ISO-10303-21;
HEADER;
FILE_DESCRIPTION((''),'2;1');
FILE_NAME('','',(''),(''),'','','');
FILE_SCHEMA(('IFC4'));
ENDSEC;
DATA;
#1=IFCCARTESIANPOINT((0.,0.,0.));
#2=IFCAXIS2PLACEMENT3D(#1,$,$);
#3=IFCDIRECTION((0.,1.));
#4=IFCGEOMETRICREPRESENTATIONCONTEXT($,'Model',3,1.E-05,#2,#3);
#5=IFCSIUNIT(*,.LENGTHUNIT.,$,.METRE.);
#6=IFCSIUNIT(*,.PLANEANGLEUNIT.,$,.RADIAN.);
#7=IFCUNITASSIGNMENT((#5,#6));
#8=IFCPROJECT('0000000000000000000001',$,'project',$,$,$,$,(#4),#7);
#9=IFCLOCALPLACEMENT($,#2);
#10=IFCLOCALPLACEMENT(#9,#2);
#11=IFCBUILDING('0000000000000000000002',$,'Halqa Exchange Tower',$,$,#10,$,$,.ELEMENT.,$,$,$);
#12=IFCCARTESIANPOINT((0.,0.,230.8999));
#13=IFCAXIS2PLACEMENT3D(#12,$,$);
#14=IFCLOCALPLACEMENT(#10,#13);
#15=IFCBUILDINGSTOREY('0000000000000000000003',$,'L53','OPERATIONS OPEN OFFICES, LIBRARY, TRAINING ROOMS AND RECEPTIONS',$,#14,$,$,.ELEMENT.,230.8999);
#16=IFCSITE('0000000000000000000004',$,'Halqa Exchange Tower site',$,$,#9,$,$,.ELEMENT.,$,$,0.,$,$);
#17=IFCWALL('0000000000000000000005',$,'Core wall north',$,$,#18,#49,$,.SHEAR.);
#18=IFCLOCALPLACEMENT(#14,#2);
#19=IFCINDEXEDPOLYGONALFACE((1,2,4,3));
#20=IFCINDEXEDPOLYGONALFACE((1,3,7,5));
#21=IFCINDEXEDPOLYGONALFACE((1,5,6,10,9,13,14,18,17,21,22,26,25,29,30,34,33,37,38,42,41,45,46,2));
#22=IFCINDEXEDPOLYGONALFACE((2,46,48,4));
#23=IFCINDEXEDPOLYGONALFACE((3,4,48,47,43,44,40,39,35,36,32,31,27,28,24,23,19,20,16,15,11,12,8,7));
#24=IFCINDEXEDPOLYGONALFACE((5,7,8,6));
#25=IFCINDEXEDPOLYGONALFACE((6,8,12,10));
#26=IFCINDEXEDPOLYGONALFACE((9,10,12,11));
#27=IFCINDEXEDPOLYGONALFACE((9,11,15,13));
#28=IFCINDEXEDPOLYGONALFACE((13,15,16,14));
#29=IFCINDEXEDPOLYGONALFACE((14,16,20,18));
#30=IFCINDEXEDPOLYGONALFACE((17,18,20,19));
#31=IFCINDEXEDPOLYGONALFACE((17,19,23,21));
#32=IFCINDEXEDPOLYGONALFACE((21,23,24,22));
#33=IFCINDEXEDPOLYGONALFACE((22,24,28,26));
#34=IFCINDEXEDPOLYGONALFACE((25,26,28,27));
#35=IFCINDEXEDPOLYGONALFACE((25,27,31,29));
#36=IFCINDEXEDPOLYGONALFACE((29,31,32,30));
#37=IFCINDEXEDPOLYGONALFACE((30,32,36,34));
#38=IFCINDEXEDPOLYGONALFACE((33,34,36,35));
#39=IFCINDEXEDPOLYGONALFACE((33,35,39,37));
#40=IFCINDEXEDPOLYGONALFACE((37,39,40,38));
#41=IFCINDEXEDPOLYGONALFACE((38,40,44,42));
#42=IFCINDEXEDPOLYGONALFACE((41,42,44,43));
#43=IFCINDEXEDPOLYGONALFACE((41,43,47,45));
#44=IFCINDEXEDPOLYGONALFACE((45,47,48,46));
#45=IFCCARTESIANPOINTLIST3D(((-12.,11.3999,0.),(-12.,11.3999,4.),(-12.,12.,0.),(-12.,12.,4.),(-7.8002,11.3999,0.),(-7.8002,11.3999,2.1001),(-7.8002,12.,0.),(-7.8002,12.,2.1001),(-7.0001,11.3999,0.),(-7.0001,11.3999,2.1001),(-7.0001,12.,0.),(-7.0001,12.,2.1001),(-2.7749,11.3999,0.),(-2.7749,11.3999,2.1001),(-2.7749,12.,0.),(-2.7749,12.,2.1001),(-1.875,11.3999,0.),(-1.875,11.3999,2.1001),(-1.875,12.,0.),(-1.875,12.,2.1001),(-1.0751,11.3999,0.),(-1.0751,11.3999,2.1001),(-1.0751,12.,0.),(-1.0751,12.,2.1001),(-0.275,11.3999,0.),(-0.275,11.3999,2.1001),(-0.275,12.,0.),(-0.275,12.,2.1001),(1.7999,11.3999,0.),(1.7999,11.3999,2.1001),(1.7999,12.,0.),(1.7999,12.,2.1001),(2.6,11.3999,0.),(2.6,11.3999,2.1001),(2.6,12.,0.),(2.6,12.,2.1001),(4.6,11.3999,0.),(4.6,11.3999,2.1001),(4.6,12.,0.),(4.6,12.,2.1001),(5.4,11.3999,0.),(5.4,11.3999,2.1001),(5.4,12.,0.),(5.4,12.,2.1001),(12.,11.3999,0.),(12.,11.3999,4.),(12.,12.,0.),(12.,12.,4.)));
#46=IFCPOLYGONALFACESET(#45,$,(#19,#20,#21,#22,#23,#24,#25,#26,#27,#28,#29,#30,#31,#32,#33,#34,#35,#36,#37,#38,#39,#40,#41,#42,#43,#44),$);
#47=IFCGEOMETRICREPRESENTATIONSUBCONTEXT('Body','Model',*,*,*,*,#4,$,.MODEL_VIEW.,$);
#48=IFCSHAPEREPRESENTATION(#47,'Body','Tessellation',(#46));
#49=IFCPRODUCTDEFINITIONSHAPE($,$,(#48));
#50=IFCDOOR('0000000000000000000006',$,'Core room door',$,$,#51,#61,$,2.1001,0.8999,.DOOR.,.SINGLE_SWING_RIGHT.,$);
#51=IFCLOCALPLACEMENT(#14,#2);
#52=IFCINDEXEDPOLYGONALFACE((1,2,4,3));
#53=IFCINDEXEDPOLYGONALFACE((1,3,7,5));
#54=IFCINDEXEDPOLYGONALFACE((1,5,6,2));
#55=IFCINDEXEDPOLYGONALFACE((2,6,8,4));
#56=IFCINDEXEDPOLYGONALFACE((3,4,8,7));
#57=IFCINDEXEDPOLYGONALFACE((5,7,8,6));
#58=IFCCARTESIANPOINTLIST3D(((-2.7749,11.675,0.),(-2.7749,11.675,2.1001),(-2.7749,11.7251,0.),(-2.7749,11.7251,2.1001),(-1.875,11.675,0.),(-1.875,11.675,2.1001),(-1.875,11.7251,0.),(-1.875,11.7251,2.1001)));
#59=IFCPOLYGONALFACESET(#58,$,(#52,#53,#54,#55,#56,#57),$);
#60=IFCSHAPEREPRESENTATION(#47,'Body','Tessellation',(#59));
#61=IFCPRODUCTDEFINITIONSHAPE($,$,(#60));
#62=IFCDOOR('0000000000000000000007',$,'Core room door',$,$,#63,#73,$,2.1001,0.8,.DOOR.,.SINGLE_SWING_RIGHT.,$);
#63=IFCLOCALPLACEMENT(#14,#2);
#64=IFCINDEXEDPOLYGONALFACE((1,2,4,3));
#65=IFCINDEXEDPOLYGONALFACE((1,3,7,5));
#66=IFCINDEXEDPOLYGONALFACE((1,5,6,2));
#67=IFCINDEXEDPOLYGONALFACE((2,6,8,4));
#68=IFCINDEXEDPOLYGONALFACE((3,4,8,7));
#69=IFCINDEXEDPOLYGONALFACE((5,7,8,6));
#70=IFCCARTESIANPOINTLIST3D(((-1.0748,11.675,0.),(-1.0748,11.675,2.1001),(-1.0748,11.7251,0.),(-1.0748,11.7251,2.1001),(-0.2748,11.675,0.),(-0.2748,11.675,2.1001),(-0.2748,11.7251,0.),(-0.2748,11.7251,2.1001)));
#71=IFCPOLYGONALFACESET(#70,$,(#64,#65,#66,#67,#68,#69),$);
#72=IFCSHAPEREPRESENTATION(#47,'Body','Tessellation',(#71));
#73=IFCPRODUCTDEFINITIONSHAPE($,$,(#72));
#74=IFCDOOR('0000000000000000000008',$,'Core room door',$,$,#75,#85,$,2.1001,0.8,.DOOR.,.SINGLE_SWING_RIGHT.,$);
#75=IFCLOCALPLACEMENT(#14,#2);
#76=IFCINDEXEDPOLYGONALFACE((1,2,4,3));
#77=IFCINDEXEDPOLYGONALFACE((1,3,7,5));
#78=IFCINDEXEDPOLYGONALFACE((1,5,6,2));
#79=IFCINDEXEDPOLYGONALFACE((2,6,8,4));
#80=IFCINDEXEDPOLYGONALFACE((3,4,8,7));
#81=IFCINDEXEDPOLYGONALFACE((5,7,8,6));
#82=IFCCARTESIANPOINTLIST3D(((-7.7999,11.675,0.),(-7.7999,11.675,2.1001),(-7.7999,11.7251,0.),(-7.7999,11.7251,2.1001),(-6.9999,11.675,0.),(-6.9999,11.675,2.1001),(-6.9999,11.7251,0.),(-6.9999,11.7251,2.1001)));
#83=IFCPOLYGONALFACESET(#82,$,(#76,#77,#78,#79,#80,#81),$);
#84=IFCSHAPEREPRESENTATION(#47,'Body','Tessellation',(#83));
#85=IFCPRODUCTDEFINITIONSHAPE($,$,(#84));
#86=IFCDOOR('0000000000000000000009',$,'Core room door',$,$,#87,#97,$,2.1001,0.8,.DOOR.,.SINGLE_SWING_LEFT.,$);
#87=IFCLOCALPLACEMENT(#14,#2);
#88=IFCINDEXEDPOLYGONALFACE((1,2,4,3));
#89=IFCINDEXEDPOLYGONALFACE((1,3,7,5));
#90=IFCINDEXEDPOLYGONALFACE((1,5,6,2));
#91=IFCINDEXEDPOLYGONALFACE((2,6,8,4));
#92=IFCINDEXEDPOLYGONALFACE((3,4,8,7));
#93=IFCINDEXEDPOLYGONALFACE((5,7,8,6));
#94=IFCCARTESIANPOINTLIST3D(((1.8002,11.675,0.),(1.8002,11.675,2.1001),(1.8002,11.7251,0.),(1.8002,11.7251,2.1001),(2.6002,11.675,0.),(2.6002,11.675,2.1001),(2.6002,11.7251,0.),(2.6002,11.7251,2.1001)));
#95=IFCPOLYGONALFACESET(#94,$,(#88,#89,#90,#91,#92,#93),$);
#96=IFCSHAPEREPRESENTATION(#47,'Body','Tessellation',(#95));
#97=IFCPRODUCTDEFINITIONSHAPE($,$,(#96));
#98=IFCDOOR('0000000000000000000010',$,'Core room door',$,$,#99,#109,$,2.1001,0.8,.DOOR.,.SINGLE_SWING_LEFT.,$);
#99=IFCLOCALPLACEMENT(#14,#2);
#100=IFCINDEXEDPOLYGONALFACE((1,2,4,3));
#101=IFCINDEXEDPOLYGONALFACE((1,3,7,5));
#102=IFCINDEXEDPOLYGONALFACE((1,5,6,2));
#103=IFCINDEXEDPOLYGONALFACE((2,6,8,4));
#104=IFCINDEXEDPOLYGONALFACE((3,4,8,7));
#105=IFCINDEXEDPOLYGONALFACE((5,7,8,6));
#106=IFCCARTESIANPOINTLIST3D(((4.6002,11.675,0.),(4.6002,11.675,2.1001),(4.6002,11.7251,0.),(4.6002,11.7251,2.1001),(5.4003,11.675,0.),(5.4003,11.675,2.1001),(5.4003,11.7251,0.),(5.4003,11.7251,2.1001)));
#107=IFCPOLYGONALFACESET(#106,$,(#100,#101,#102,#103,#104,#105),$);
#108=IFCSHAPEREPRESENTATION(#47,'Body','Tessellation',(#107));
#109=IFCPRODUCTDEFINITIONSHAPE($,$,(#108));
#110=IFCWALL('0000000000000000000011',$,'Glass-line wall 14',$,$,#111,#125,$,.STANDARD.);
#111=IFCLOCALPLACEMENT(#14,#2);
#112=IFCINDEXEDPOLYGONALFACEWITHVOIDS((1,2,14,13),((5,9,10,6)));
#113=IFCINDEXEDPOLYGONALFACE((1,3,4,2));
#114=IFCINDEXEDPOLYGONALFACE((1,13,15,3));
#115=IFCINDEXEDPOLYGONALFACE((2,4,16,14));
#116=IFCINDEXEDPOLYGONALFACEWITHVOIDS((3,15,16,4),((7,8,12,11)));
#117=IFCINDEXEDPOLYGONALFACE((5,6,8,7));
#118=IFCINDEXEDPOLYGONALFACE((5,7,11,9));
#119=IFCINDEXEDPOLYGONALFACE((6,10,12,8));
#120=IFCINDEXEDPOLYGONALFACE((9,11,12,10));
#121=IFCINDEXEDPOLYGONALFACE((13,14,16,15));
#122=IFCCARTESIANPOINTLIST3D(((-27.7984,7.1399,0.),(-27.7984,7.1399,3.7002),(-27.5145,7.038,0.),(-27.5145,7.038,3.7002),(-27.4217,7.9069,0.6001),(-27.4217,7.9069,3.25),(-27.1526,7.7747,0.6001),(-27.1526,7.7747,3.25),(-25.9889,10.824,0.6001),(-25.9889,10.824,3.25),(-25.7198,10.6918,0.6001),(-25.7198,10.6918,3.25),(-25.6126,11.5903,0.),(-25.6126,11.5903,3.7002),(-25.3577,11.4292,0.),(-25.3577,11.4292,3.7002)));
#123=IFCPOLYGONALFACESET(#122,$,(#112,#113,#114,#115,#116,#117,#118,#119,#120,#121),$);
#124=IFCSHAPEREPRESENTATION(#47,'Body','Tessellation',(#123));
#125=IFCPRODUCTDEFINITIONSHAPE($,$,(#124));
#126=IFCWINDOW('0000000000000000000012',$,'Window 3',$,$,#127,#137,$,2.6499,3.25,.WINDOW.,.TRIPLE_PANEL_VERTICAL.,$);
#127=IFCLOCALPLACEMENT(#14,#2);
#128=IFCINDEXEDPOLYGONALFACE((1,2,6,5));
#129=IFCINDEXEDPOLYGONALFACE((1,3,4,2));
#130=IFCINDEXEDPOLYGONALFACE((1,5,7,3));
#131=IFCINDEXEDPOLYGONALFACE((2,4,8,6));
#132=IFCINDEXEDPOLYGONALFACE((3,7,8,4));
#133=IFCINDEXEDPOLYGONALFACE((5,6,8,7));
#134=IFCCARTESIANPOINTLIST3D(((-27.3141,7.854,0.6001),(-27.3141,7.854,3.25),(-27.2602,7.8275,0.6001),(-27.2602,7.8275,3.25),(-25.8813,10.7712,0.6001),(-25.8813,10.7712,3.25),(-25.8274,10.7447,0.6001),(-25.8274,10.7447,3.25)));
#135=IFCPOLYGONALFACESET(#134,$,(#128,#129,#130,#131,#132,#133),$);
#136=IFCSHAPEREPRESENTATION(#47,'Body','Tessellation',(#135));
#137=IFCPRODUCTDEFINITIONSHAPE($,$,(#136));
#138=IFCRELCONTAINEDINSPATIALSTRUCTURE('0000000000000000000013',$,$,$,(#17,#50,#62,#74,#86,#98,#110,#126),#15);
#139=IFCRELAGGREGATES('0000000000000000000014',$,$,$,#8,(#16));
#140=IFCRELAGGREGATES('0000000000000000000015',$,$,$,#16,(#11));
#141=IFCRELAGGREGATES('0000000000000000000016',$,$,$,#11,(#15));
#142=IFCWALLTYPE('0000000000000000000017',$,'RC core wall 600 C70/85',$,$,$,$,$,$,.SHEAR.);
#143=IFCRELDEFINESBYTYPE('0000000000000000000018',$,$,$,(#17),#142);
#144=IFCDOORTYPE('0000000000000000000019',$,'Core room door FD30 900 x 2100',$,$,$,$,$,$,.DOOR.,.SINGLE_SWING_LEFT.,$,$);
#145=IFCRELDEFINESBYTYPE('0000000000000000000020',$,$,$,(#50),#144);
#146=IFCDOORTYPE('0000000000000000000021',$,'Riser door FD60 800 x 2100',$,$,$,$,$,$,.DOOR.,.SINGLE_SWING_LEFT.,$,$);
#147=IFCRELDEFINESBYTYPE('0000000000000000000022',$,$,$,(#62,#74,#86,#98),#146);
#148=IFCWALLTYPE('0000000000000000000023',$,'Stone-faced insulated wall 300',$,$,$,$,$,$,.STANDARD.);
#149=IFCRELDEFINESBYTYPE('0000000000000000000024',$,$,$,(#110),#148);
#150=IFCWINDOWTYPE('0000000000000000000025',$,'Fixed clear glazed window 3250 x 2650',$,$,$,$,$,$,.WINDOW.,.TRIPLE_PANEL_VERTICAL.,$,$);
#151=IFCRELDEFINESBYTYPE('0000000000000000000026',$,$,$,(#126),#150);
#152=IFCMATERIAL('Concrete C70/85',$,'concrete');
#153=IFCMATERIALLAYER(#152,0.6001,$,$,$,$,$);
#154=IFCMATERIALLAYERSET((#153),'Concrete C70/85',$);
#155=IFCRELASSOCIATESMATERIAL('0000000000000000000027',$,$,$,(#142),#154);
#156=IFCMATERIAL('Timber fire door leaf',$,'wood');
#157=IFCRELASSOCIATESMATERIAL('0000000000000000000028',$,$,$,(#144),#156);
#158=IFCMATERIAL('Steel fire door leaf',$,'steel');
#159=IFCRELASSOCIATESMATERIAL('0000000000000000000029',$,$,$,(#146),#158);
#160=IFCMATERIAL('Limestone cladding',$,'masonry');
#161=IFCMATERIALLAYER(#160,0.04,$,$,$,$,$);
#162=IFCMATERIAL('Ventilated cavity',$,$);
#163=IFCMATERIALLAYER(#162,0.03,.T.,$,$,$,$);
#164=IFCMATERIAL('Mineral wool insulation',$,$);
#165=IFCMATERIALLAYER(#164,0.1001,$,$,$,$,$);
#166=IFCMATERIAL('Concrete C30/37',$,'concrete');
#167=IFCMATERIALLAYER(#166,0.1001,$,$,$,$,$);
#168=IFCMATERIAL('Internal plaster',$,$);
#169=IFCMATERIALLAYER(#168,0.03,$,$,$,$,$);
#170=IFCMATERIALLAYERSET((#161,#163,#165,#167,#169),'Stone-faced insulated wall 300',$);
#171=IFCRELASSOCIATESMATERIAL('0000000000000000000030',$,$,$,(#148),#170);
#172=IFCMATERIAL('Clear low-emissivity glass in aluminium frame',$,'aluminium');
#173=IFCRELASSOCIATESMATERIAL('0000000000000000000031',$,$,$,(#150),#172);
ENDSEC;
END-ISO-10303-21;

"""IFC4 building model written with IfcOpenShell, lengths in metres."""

from ifc_helpers import new_model, si_unit, direction, frame, frame_2d, origin, place, context, subcontext, project, spatial, polyline, rectangle, outline, extrude, material, layer, layer_set, type_object, element, fill, save


model = new_model("IFC4")

# Units and contexts
model_context = context("Model", 3, precision=1e-05, world=origin(), true_north=direction((0.0, 1.0)))
body_context = subcontext(model_context, "Body", "Model", "MODEL_VIEW")
ifc_project = project(units=[si_unit("LENGTHUNIT", "METRE"), si_unit("PLANEANGLEUNIT", "RADIAN")], contexts=[model_context])

# Site, building, storey
site_placement = place(None, origin())
site = spatial("IfcSite", under=ifc_project, at=site_placement, Name="Halqa Exchange Tower site", CompositionType="ELEMENT", RefElevation=0.0)
building_placement = place(site_placement, origin())
building = spatial("IfcBuilding", under=site, at=building_placement, Name="Halqa Exchange Tower", CompositionType="ELEMENT")
storey_placement = place(building_placement, frame((0.0, 0.0, 230.8999)))
storey = spatial("IfcBuildingStorey", under=building, at=storey_placement, Name="L53", Description="OPERATIONS OPEN OFFICES, LIBRARY, TRAINING ROOMS AND RECEPTIONS", CompositionType="ELEMENT", Elevation=230.8999)

# Wall, openings, doors
ifc_material_1 = material(Name="Concrete C70/85", Category="concrete")
ifc_layer_1 = layer(ifc_material_1, 0.6001)
ifc_layer_set_1 = layer_set([ifc_layer_1], Name="Concrete C70/85")
wall_type_1 = type_object("IfcWallType", Name="RC core wall 600 C70/85", PredefinedType="SHEAR", material=ifc_layer_set_1)
wall_1_placement = place(storey_placement, frame((-12.0, 11.7, 0.0), z_axis=(0.0, 0.0, 1.0), x_axis=(1.0, 0.0, 0.0)))
wall_1 = element("IfcWall", 1, at=wall_1_placement, inside=storey, type_object=wall_type_1, Name="Core wall north", PredefinedType="SHEAR", context=body_context, shape_type="SweptSolid", body=[
    extrude(rectangle(XDim=24.0, YDim=0.6001, at=frame_2d((12.0, 0.0))), origin(), (0.0, 0.0, 1.0), 4.0),
])
opening_1_placement = place(wall_1_placement, frame((9.2251, 0.0, 0.0)))
opening_1 = element("IfcOpeningElement", 2, at=opening_1_placement, cuts=wall_1, PredefinedType="OPENING", context=body_context, shape_type="SweptSolid", body=[
    extrude(rectangle(XDim=0.8999, YDim=2.1001, at=frame_2d((0.45, 1.05))), frame((0.0, 0.312, 0.0), z_axis=(0.0, -1.0, 0.0), x_axis=(1.0, 0.0, 0.0)), (0.0, 0.0, 1.0), 0.624),
])
opening_2_placement = place(wall_1_placement, frame((10.925, 0.0, 0.0)))
opening_2 = element("IfcOpeningElement", 3, at=opening_2_placement, cuts=wall_1, PredefinedType="OPENING", context=body_context, shape_type="SweptSolid", body=[
    extrude(rectangle(XDim=0.8, YDim=2.1001, at=frame_2d((0.3999, 1.05))), frame((0.0, 0.312, 0.0), z_axis=(0.0, -1.0, 0.0), x_axis=(1.0, 0.0, 0.0)), (0.0, 0.0, 1.0), 0.624),
])
opening_3_placement = place(wall_1_placement, frame((4.2, 0.0, 0.0)))
opening_3 = element("IfcOpeningElement", 4, at=opening_3_placement, cuts=wall_1, PredefinedType="OPENING", context=body_context, shape_type="SweptSolid", body=[
    extrude(rectangle(XDim=0.8, YDim=2.1001, at=frame_2d((0.3999, 1.05))), frame((0.0, 0.312, 0.0), z_axis=(0.0, -1.0, 0.0), x_axis=(1.0, 0.0, 0.0)), (0.0, 0.0, 1.0), 0.624),
])
opening_4_placement = place(wall_1_placement, frame((13.8, 0.0, 0.0)))
opening_4 = element("IfcOpeningElement", 5, at=opening_4_placement, cuts=wall_1, PredefinedType="OPENING", context=body_context, shape_type="SweptSolid", body=[
    extrude(rectangle(XDim=0.8, YDim=2.1001, at=frame_2d((0.3999, 1.05))), frame((0.0, 0.312, 0.0), z_axis=(0.0, -1.0, 0.0), x_axis=(1.0, 0.0, 0.0)), (0.0, 0.0, 1.0), 0.624),
])
opening_5_placement = place(wall_1_placement, frame((16.6001, 0.0, 0.0)))
opening_5 = element("IfcOpeningElement", 6, at=opening_5_placement, cuts=wall_1, PredefinedType="OPENING", context=body_context, shape_type="SweptSolid", body=[
    extrude(rectangle(XDim=0.8, YDim=2.1001, at=frame_2d((0.3999, 1.05))), frame((0.0, 0.312, 0.0), z_axis=(0.0, -1.0, 0.0), x_axis=(1.0, 0.0, 0.0)), (0.0, 0.0, 1.0), 0.624),
])
ifc_material_2 = material(Name="Timber fire door leaf", Category="wood")
door_type_1 = type_object("IfcDoorType", Name="Core room door FD30 900 x 2100", OperationType="SINGLE_SWING_LEFT", PredefinedType="DOOR", material=ifc_material_2)
door_1_placement = place(opening_1_placement, frame((0.8999, 0.0, 0.0), z_axis=(0.0, 0.0, 1.0), x_axis=(-1.0, 0.0, 0.0)))
door_1 = element("IfcDoor", 7, at=door_1_placement, inside=storey, type_object=door_type_1, Name="Core room door", OperationType="SINGLE_SWING_RIGHT", OverallHeight=2.1001, OverallWidth=0.8999, PredefinedType="DOOR", context=body_context, shape_type="SweptSolid", body=[
    extrude(rectangle(XDim=0.8999, YDim=2.1001, at=frame_2d((0.45, 1.05))), frame((0.0, 0.0249, 0.0), z_axis=(0.0, -1.0, 0.0), x_axis=(1.0, 0.0, 0.0)), (0.0, 0.0, 1.0), 0.05),
])
fill(opening_1, door_1)
ifc_material_3 = material(Name="Steel fire door leaf", Category="steel")
door_type_2 = type_object("IfcDoorType", Name="Riser door FD60 800 x 2100", OperationType="SINGLE_SWING_LEFT", PredefinedType="DOOR", material=ifc_material_3)
door_2_placement = place(opening_2_placement, frame((0.8, 0.0, 0.0), z_axis=(0.0, 0.0, 1.0), x_axis=(-1.0, 0.0, 0.0)))
door_2 = element("IfcDoor", 8, at=door_2_placement, inside=storey, type_object=door_type_2, Name="Core room door", OperationType="SINGLE_SWING_RIGHT", OverallHeight=2.1001, OverallWidth=0.8, PredefinedType="DOOR", context=body_context, shape_type="SweptSolid", body=[
    extrude(rectangle(XDim=0.8, YDim=2.1001, at=frame_2d((0.3999, 1.05))), frame((0.0, 0.0249, 0.0), z_axis=(0.0, -1.0, 0.0), x_axis=(1.0, 0.0, 0.0)), (0.0, 0.0, 1.0), 0.05),
])
fill(opening_2, door_2)
door_3_placement = place(opening_3_placement, frame((0.8, 0.0, 0.0), z_axis=(0.0, 0.0, 1.0), x_axis=(-1.0, 0.0, 0.0)))
door_3 = element("IfcDoor", 9, at=door_3_placement, inside=storey, type_object=door_type_2, Name="Core room door", OperationType="SINGLE_SWING_RIGHT", OverallHeight=2.1001, OverallWidth=0.8, PredefinedType="DOOR", context=body_context, shape_type="SweptSolid", body=[
    extrude(rectangle(XDim=0.8, YDim=2.1001, at=frame_2d((0.3999, 1.05))), frame((0.0, 0.0249, 0.0), z_axis=(0.0, -1.0, 0.0), x_axis=(1.0, 0.0, 0.0)), (0.0, 0.0, 1.0), 0.05),
])
fill(opening_3, door_3)
door_4_placement = place(opening_4_placement, frame((0.8, 0.0, 0.0), z_axis=(0.0, 0.0, 1.0), x_axis=(-1.0, 0.0, 0.0)))
door_4 = element("IfcDoor", 10, at=door_4_placement, inside=storey, type_object=door_type_2, Name="Core room door", OperationType="SINGLE_SWING_LEFT", OverallHeight=2.1001, OverallWidth=0.8, PredefinedType="DOOR", context=body_context, shape_type="SweptSolid", body=[
    extrude(rectangle(XDim=0.8, YDim=2.1001, at=frame_2d((0.3999, 1.05))), frame((0.0, 0.0249, 0.0), z_axis=(0.0, -1.0, 0.0), x_axis=(1.0, 0.0, 0.0)), (0.0, 0.0, 1.0), 0.05),
])
fill(opening_4, door_4)
door_5_placement = place(opening_5_placement, frame((0.8, 0.0, 0.0), z_axis=(0.0, 0.0, 1.0), x_axis=(-1.0, 0.0, 0.0)))
door_5 = element("IfcDoor", 11, at=door_5_placement, inside=storey, type_object=door_type_2, Name="Core room door", OperationType="SINGLE_SWING_LEFT", OverallHeight=2.1001, OverallWidth=0.8, PredefinedType="DOOR", context=body_context, shape_type="SweptSolid", body=[
    extrude(rectangle(XDim=0.8, YDim=2.1001, at=frame_2d((0.3999, 1.05))), frame((0.0, 0.0249, 0.0), z_axis=(0.0, -1.0, 0.0), x_axis=(1.0, 0.0, 0.0)), (0.0, 0.0, 1.0), 0.05),
])
fill(opening_5, door_5)

# Wall, opening, window
ifc_material_4 = material(Name="Limestone cladding", Category="masonry")
ifc_layer_2 = layer(ifc_material_4, 0.04)
ifc_material_5 = material(Name="Ventilated cavity")
ifc_layer_3 = layer(ifc_material_5, 0.03, ventilated=True)
ifc_material_6 = material(Name="Mineral wool insulation")
ifc_layer_4 = layer(ifc_material_6, 0.1001)
ifc_material_7 = material(Name="Concrete C30/37", Category="concrete")
ifc_layer_5 = layer(ifc_material_7, 0.1001)
ifc_material_8 = material(Name="Internal plaster")
ifc_layer_6 = layer(ifc_material_8, 0.03)
ifc_layer_set_2 = layer_set([ifc_layer_2, ifc_layer_3, ifc_layer_4, ifc_layer_5, ifc_layer_6], Name="Stone-faced insulated wall 300")
wall_type_2 = type_object("IfcWallType", Name="Stone-faced insulated wall 300", PredefinedType="STANDARD", material=ifc_layer_set_2)
wall_2_placement = place(storey_placement, frame((-25.4851, 11.5098, 0.0), z_axis=(0.0, 0.0, 1.0), x_axis=(-0.440858, -0.897577, 0.0)))
wall_2 = element("IfcWall", 12, at=wall_2_placement, inside=storey, type_object=wall_type_2, Name="Glass-line wall 14", PredefinedType="STANDARD", context=body_context, shape_type="SweptSolid", body=[
    extrude(outline(polyline([(-0.0161, -0.1499), (4.9421, -0.1499), (4.9084, 0.1499), (0.0161, 0.1499), (-0.0161, -0.1499)])), origin(), (0.0, 0.0, 1.0), 3.7002),
])
opening_6_placement = place(wall_2_placement, frame((0.8376, 0.0, 0.6001)))
opening_6 = element("IfcOpeningElement", 13, at=opening_6_placement, cuts=wall_2, PredefinedType="OPENING", context=body_context, shape_type="SweptSolid", body=[
    extrude(rectangle(XDim=3.25, YDim=2.6499, at=frame_2d((1.625, 1.325))), frame((0.0, 0.1621, 0.0), z_axis=(0.0, -1.0, 0.0), x_axis=(1.0, 0.0, 0.0)), (0.0, 0.0, 1.0), 0.324),
])
ifc_material_9 = material(Name="Clear low-emissivity glass in aluminium frame", Category="aluminium")
window_type = type_object("IfcWindowType", Name="Fixed clear glazed window 3250 x 2650", PartitioningType="TRIPLE_PANEL_VERTICAL", PredefinedType="WINDOW", material=ifc_material_9)
window_1_placement = place(opening_6_placement, origin())
window_1 = element("IfcWindow", 14, at=window_1_placement, inside=storey, type_object=window_type, Name="Window 3", OverallHeight=2.6499, OverallWidth=3.25, PartitioningType="TRIPLE_PANEL_VERTICAL", PredefinedType="WINDOW", context=body_context, shape_type="SweptSolid", body=[
    extrude(rectangle(XDim=3.25, YDim=2.6499, at=frame_2d((1.625, 1.325))), frame((0.0, 0.03, 0.0), z_axis=(0.0, -1.0, 0.0), x_axis=(1.0, 0.0, 0.0)), (0.0, 0.0, 1.0), 0.0601),
])
fill(opening_6, window_1)

save(model, "model.ifc")
